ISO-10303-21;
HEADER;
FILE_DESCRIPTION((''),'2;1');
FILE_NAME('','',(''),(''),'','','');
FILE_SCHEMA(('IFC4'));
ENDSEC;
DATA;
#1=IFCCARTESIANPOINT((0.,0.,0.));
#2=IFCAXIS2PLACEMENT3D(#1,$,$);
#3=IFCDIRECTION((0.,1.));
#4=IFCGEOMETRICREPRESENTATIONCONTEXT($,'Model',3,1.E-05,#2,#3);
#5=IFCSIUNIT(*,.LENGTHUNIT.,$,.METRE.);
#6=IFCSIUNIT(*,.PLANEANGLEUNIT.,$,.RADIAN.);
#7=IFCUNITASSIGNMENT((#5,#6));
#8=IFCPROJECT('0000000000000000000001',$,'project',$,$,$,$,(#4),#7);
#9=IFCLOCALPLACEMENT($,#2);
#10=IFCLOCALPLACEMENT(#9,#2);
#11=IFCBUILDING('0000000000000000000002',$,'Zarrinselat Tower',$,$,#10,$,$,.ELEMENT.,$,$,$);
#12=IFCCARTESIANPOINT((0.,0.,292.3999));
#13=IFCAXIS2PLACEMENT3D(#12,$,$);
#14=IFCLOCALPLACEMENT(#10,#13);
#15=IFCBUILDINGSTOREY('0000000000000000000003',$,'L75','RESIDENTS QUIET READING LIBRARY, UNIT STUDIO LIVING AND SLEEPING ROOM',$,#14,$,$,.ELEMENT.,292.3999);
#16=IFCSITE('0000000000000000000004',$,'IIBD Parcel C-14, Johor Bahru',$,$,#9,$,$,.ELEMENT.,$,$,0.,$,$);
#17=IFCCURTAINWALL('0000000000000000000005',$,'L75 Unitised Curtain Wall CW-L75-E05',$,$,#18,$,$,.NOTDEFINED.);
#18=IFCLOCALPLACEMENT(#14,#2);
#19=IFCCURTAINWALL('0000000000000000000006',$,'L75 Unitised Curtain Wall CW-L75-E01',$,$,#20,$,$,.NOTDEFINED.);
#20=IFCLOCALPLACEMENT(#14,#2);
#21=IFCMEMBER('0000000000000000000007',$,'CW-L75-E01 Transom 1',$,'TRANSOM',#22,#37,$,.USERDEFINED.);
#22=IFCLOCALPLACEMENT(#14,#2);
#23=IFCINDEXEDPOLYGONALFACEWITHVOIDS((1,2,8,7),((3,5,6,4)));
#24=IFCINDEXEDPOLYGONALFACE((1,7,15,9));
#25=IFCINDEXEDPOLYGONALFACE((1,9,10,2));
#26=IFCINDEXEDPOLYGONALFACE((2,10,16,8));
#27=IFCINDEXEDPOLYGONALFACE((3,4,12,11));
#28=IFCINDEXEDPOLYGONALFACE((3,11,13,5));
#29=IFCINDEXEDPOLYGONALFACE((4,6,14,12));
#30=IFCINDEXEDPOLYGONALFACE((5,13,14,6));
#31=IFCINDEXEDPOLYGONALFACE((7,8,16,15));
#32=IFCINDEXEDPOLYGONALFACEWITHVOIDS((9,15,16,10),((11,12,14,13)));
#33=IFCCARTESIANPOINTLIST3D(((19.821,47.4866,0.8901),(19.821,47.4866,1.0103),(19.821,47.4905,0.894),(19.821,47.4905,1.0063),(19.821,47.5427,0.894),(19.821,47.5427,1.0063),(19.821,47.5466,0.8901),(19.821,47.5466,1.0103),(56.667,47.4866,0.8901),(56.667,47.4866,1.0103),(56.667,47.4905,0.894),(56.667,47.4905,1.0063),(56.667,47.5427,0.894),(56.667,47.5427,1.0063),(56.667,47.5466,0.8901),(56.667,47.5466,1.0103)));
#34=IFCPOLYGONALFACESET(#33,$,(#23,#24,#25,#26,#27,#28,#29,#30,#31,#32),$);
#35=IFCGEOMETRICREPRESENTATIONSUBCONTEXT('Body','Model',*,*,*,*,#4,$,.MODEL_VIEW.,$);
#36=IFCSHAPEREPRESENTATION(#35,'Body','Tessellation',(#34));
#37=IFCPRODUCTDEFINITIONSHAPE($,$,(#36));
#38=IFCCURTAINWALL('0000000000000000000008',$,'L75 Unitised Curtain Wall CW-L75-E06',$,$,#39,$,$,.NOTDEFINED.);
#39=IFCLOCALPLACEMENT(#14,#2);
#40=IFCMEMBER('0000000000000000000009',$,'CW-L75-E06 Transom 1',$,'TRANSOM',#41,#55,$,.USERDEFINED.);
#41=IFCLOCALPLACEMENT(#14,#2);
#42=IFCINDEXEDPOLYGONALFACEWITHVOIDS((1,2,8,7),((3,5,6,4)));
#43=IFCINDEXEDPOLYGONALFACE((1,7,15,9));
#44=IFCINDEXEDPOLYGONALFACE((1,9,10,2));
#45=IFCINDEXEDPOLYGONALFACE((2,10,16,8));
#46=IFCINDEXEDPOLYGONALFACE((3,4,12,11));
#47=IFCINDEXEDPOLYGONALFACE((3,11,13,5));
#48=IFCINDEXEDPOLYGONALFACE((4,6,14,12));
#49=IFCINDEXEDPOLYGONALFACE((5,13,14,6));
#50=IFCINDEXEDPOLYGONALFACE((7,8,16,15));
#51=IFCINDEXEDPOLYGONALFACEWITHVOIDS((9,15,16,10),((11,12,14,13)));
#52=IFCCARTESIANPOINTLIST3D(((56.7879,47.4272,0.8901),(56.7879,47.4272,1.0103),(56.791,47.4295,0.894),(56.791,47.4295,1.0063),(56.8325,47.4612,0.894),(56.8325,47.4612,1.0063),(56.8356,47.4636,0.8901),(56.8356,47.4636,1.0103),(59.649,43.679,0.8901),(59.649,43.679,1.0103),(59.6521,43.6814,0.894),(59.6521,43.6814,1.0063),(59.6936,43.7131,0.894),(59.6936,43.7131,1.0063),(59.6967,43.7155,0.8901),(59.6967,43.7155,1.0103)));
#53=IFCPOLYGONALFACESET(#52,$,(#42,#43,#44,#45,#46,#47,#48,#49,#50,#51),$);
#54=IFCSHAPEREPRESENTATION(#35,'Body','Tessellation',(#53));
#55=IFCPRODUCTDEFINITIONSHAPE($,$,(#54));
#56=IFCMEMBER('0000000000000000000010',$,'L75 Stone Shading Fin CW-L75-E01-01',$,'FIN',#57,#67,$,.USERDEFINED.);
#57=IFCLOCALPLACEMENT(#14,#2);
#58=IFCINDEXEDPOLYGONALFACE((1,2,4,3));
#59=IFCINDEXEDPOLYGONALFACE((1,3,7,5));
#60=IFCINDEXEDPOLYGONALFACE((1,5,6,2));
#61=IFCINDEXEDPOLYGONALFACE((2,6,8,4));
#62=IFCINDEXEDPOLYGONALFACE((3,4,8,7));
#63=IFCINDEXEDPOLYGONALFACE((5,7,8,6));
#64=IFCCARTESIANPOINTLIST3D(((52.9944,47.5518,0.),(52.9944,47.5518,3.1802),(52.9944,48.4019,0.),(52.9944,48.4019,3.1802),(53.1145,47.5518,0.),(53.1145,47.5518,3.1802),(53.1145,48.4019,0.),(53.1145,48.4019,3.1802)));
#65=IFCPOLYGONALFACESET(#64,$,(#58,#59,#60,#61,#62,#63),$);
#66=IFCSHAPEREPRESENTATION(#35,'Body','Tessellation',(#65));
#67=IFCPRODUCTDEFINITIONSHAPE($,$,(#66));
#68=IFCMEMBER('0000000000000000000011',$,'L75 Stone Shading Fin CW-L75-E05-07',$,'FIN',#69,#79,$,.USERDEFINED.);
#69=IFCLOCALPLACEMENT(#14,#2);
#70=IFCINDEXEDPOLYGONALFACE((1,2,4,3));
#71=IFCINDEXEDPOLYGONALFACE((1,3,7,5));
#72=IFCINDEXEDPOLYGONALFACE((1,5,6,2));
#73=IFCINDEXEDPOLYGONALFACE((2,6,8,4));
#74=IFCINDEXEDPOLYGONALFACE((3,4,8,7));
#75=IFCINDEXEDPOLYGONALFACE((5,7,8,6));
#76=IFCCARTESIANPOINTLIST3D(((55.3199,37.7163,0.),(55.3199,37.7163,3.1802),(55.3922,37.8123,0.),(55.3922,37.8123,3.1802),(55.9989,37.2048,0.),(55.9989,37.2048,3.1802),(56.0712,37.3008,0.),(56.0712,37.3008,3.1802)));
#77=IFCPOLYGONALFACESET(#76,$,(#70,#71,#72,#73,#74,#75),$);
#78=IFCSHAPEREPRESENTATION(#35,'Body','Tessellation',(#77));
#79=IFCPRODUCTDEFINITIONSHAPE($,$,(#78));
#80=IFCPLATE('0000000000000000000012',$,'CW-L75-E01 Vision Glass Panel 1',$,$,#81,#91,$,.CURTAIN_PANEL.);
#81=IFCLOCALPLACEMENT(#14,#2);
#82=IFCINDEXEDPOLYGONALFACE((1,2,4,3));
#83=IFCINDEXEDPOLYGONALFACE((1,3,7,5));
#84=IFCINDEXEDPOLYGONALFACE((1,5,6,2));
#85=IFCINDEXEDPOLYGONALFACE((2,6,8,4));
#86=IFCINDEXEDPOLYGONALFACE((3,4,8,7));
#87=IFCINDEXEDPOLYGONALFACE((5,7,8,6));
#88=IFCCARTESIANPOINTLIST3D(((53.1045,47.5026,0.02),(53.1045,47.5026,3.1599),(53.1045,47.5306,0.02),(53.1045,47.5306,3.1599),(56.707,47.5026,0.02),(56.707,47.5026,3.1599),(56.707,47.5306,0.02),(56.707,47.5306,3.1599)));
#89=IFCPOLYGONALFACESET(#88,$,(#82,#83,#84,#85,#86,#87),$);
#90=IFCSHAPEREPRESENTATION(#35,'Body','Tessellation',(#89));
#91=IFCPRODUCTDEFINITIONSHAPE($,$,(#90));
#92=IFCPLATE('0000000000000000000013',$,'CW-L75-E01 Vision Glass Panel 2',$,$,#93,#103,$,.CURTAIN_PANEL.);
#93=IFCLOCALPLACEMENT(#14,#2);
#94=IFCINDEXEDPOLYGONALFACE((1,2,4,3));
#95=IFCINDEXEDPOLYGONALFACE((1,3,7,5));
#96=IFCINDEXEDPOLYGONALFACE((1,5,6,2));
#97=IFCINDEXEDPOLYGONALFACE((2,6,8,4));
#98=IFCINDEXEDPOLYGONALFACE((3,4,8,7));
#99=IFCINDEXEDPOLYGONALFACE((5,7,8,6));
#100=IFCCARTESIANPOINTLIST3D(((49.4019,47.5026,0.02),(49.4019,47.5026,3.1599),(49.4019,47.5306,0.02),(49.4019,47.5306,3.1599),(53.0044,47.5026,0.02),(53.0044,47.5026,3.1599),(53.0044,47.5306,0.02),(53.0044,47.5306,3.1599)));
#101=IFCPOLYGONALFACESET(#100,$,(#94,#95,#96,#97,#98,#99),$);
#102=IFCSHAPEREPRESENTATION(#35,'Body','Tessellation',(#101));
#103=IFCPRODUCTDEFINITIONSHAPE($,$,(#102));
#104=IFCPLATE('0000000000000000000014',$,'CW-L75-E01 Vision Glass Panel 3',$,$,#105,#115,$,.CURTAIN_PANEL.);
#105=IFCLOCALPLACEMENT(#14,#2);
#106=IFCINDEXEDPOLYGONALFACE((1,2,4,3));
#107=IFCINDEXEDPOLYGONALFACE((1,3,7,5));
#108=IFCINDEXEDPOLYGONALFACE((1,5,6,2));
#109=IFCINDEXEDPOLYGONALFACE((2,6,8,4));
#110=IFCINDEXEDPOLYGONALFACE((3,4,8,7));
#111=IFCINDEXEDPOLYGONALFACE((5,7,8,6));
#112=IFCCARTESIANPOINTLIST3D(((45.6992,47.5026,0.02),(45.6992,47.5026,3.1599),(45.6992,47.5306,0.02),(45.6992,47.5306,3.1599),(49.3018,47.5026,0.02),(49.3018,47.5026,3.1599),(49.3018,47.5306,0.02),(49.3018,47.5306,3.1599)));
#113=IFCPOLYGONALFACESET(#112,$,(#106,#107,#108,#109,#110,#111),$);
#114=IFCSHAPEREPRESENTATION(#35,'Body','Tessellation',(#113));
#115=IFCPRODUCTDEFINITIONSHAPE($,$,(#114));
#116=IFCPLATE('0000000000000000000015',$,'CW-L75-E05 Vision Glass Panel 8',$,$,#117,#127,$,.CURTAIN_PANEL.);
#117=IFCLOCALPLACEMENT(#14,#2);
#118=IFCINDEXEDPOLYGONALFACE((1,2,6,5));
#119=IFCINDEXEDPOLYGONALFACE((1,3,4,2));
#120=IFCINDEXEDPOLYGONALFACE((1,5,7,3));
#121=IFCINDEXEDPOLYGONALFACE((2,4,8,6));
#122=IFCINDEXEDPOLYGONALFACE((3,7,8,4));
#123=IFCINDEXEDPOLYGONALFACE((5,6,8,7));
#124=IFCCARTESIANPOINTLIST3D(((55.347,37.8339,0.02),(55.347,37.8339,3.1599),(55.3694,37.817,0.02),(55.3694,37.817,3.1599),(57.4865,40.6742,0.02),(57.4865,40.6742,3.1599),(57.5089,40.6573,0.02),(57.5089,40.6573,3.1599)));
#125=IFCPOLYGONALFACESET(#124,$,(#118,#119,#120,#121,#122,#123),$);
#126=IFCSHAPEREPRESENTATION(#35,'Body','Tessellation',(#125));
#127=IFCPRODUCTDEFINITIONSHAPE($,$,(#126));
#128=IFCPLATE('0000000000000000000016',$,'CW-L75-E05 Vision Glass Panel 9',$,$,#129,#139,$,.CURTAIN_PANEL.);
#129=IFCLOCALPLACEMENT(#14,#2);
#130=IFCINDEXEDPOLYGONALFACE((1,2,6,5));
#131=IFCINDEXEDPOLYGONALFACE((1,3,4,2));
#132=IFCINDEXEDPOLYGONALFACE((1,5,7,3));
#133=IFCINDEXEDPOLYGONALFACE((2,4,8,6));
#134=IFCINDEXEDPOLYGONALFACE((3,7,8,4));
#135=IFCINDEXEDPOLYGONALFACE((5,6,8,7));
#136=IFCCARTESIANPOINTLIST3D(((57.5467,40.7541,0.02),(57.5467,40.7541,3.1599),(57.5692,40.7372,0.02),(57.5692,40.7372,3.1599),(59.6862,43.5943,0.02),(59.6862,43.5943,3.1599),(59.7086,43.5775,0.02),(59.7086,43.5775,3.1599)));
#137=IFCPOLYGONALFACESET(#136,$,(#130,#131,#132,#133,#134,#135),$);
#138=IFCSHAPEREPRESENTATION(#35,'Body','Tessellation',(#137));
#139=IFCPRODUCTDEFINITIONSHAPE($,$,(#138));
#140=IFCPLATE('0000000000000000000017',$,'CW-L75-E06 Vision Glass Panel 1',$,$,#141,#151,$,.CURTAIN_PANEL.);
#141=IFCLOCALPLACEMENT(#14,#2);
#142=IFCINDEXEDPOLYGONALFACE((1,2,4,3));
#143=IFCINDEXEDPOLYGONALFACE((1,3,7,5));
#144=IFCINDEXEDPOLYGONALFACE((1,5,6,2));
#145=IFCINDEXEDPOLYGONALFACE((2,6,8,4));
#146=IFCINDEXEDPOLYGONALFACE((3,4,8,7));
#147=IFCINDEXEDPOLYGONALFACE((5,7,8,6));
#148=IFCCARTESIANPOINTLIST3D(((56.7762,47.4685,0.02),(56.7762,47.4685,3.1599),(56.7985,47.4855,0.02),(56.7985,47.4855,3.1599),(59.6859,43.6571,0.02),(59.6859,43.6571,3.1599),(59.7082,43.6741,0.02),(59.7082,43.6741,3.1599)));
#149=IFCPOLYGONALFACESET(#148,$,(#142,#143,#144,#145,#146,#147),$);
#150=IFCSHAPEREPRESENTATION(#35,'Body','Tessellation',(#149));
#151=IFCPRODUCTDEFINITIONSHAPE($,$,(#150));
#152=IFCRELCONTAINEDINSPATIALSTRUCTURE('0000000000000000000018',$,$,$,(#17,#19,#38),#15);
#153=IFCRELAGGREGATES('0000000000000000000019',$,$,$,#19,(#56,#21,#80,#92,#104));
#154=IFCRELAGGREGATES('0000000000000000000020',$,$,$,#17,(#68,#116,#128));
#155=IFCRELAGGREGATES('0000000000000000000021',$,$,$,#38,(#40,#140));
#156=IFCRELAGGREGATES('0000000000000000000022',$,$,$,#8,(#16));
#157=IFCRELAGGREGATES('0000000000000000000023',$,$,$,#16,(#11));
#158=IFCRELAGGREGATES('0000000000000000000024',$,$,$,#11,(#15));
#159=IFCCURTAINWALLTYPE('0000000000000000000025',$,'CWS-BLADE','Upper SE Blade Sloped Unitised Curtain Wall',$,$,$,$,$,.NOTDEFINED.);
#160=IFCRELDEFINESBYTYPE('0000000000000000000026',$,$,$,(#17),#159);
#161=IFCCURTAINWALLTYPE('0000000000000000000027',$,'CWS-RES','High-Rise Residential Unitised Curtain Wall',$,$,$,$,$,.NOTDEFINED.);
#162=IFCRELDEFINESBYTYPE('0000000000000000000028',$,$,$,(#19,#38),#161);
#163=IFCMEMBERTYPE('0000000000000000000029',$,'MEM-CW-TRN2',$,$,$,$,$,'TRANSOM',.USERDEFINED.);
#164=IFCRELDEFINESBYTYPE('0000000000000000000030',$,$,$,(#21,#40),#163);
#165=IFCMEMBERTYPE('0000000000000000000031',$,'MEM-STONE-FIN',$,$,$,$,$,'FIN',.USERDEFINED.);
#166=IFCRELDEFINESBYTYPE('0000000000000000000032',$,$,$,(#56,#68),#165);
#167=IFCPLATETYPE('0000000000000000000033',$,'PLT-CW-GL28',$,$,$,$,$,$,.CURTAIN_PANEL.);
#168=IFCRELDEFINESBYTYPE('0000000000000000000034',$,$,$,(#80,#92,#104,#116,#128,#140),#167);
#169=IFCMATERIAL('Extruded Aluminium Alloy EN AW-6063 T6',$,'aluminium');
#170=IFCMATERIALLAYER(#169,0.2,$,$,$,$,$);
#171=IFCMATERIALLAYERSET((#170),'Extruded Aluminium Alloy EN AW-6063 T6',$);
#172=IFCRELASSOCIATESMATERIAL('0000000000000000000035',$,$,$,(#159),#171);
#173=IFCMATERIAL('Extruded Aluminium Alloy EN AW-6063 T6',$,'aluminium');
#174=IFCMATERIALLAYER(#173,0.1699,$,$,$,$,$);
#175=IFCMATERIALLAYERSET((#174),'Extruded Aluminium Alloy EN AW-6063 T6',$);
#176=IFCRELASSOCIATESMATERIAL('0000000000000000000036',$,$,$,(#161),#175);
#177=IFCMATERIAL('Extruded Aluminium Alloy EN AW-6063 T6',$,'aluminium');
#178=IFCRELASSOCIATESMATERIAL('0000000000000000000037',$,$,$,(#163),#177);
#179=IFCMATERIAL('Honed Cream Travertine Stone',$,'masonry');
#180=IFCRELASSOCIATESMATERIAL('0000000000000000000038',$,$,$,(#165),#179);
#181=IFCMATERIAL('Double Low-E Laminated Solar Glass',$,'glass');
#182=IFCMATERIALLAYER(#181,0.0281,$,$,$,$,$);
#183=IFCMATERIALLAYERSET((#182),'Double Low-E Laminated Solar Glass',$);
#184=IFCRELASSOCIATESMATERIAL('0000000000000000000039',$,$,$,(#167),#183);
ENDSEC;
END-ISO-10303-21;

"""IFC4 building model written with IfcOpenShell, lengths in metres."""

from ifc_helpers import new_model, si_unit, direction, frame, origin, origin_2d, place, context, subcontext, project, spatial, rectangle, hollow_rectangle, extrude, material, layer, layer_set, material_profile, profile_set, type_object, element, aggregate, save


model = new_model("IFC4")

# Units and contexts
model_context = context("Model", 3, precision=1e-05, world=origin(), true_north=direction((0.0, 1.0)))
body_context = subcontext(model_context, "Body", "Model", "MODEL_VIEW")
ifc_project = project(units=[si_unit("LENGTHUNIT", "METRE"), si_unit("PLANEANGLEUNIT", "RADIAN")], contexts=[model_context])

# Site, building, storey
site_placement = place(None, origin())
site = spatial("IfcSite", under=ifc_project, at=site_placement, Name="IIBD Parcel C-14, Johor Bahru", CompositionType="ELEMENT", RefElevation=0.0)
building_placement = place(site_placement, origin())
building = spatial("IfcBuilding", under=site, at=building_placement, Name="Zarrinselat Tower", CompositionType="ELEMENT")
storey_placement = place(building_placement, frame((0.0, 0.0, 292.3999)))
storey = spatial("IfcBuildingStorey", under=building, at=storey_placement, Name="L75", Description="RESIDENTS QUIET READING LIBRARY, UNIT STUDIO LIVING AND SLEEPING ROOM", CompositionType="ELEMENT", Elevation=292.3999)

# Curtain walls, member
ifc_material_1 = material(Name="Extruded Aluminium Alloy EN AW-6063 T6", Category="aluminium")
ifc_layer_1 = layer(ifc_material_1, 0.2)
ifc_layer_set_1 = layer_set([ifc_layer_1], Name="Extruded Aluminium Alloy EN AW-6063 T6")
curtain_wall_type_1 = type_object("IfcCurtainWallType", Name="CWS-BLADE", Description="Upper SE Blade Sloped Unitised Curtain Wall", PredefinedType="NOTDEFINED", material=ifc_layer_set_1)
curtain_wall_1_placement = place(storey_placement, origin())
curtain_wall_1 = element("IfcCurtainWall", 1, at=curtain_wall_1_placement, inside=storey, type_object=curtain_wall_type_1, Name="L75 Unitised Curtain Wall CW-L75-E05", PredefinedType="NOTDEFINED")
ifc_material_2 = material(Name="Extruded Aluminium Alloy EN AW-6063 T6", Category="aluminium")
ifc_layer_2 = layer(ifc_material_2, 0.1699)
ifc_layer_set_2 = layer_set([ifc_layer_2], Name="Extruded Aluminium Alloy EN AW-6063 T6")
curtain_wall_type_2 = type_object("IfcCurtainWallType", Name="CWS-RES", Description="High-Rise Residential Unitised Curtain Wall", PredefinedType="NOTDEFINED", material=ifc_layer_set_2)
curtain_wall_2_placement = place(storey_placement, origin())
curtain_wall_2 = element("IfcCurtainWall", 2, at=curtain_wall_2_placement, inside=storey, type_object=curtain_wall_type_2, Name="L75 Unitised Curtain Wall CW-L75-E01", PredefinedType="NOTDEFINED")
ifc_material_3 = material(Name="Extruded Aluminium Alloy EN AW-6063 T6", Category="aluminium")
ifc_material_profile_1 = material_profile(ifc_material_3, hollow_rectangle(XDim=0.0601, YDim=0.1201, WallThickness=0.0039, at=origin_2d()), Name="RHS 120x60x4")
ifc_profile_set_1 = profile_set([ifc_material_profile_1], Name="Extruded Aluminium Alloy EN AW-6063 T6")
member_type_1 = type_object("IfcMemberType", Name="MEM-CW-TRN2", ElementType="TRANSOM", PredefinedType="USERDEFINED", material=ifc_profile_set_1)
member_1_placement = place(storey_placement, frame((56.667, 47.5166, 0.9502), z_axis=(-1.0, 0.0, 0.0), x_axis=(0.0, -1.0, 0.0)))
member_1 = element("IfcMember", 3, at=member_1_placement, type_object=member_type_1, Name="CW-L75-E01 Transom 1", ObjectType="TRANSOM", PredefinedType="USERDEFINED", context=body_context, shape_type="SweptSolid", body=[
    extrude(hollow_rectangle(XDim=0.0601, YDim=0.1201, WallThickness=0.0039, at=origin_2d()), origin(), (0.0, 0.0, 1.0), 36.8459),
])

# Curtain wall, member
curtain_wall_3_placement = place(storey_placement, origin())
curtain_wall_3 = element("IfcCurtainWall", 4, at=curtain_wall_3_placement, inside=storey, type_object=curtain_wall_type_2, Name="L75 Unitised Curtain Wall CW-L75-E06", PredefinedType="NOTDEFINED")
member_2_placement = place(storey_placement, frame((59.6729, 43.6973, 0.9502), z_axis=(-0.606771, 0.794876, 0.0), x_axis=(-0.794876, -0.606771, 0.0)))
member_2 = element("IfcMember", 5, at=member_2_placement, type_object=member_type_1, Name="CW-L75-E06 Transom 1", ObjectType="TRANSOM", PredefinedType="USERDEFINED", context=body_context, shape_type="SweptSolid", body=[
    extrude(hollow_rectangle(XDim=0.0601, YDim=0.1201, WallThickness=0.0039, at=origin_2d()), origin(), (0.0, 0.0, 1.0), 4.7153),
])

# Members
ifc_material_4 = material(Name="Honed Cream Travertine Stone", Category="masonry")
ifc_material_profile_2 = material_profile(ifc_material_4, rectangle(XDim=0.1201, YDim=0.8501, at=origin_2d()), Name="FIN 850x120")
ifc_profile_set_2 = profile_set([ifc_material_profile_2], Name="Honed Cream Travertine Stone")
member_type_2 = type_object("IfcMemberType", Name="MEM-STONE-FIN", ElementType="FIN", PredefinedType="USERDEFINED", material=ifc_profile_set_2)
member_3_placement = place(storey_placement, frame((53.0544, 47.9768, 0.0), z_axis=(0.0, 0.0, 1.0), x_axis=(1.0, 0.0, 0.0)))
member_3 = element("IfcMember", 6, at=member_3_placement, type_object=member_type_2, Name="L75 Stone Shading Fin CW-L75-E01-01", ObjectType="FIN", PredefinedType="USERDEFINED", context=body_context, shape_type="SweptSolid", body=[
    extrude(rectangle(XDim=0.1201, YDim=0.8501, at=origin_2d()), origin(), (0.0, 0.0, 1.0), 3.1802),
])
member_4_placement = place(storey_placement, frame((55.6956, 37.5085, 0.0), z_axis=(0.0, 0.0, 1.0), x_axis=(-0.601673, -0.798743, 0.0)))
member_4 = element("IfcMember", 7, at=member_4_placement, type_object=member_type_2, Name="L75 Stone Shading Fin CW-L75-E05-07", ObjectType="FIN", PredefinedType="USERDEFINED", context=body_context, shape_type="SweptSolid", body=[
    extrude(rectangle(XDim=0.1201, YDim=0.8501, at=origin_2d()), origin(), (0.0, 0.0, 1.0), 3.1802),
])

# Plates
ifc_material_5 = material(Name="Double Low-E Laminated Solar Glass", Category="glass")
ifc_layer_3 = layer(ifc_material_5, 0.0281)
ifc_layer_set_3 = layer_set([ifc_layer_3], Name="Double Low-E Laminated Solar Glass")
plate_type = type_object("IfcPlateType", Name="PLT-CW-GL28", PredefinedType="CURTAIN_PANEL", material=ifc_layer_set_3)
plate_1_placement = place(storey_placement, frame((54.9058, 47.5166, 0.02), z_axis=(0.0, 0.0, 1.0), x_axis=(-1.0, 0.0, 0.0)))
plate_1 = element("IfcPlate", 8, at=plate_1_placement, type_object=plate_type, Name="CW-L75-E01 Vision Glass Panel 1", PredefinedType="CURTAIN_PANEL", context=body_context, shape_type="SweptSolid", body=[
    extrude(rectangle(XDim=3.6025, YDim=0.0281, at=origin_2d()), origin(), (0.0, 0.0, 1.0), 3.1399),
])
plate_2_placement = place(storey_placement, frame((51.2031, 47.5166, 0.02), z_axis=(0.0, 0.0, 1.0), x_axis=(-1.0, 0.0, 0.0)))
plate_2 = element("IfcPlate", 9, at=plate_2_placement, type_object=plate_type, Name="CW-L75-E01 Vision Glass Panel 2", PredefinedType="CURTAIN_PANEL", context=body_context, shape_type="SweptSolid", body=[
    extrude(rectangle(XDim=3.6025, YDim=0.0281, at=origin_2d()), origin(), (0.0, 0.0, 1.0), 3.1399),
])
plate_3_placement = place(storey_placement, frame((47.5005, 47.5166, 0.02), z_axis=(0.0, 0.0, 1.0), x_axis=(-1.0, 0.0, 0.0)))
plate_3 = element("IfcPlate", 10, at=plate_3_placement, type_object=plate_type, Name="CW-L75-E01 Vision Glass Panel 3", PredefinedType="CURTAIN_PANEL", context=body_context, shape_type="SweptSolid", body=[
    extrude(rectangle(XDim=3.6025, YDim=0.0281, at=origin_2d()), origin(), (0.0, 0.0, 1.0), 3.1399),
])
aggregate(curtain_wall_2, [member_3, member_1, plate_1, plate_2, plate_3])
plate_4_placement = place(storey_placement, frame((56.428, 39.2456, 0.02), z_axis=(0.0, 0.0, 1.0), x_axis=(0.601673, 0.798743, 0.0)))
plate_4 = element("IfcPlate", 11, at=plate_4_placement, type_object=plate_type, Name="CW-L75-E05 Vision Glass Panel 8", PredefinedType="CURTAIN_PANEL", context=body_context, shape_type="SweptSolid", body=[
    extrude(rectangle(XDim=3.5559, YDim=0.0281, at=origin_2d()), origin(), (0.0, 0.0, 1.0), 3.1399),
])
plate_5_placement = place(storey_placement, frame((58.6277, 42.1658, 0.02), z_axis=(0.0, 0.0, 1.0), x_axis=(0.601673, 0.798743, 0.0)))
plate_5 = element("IfcPlate", 12, at=plate_5_placement, type_object=plate_type, Name="CW-L75-E05 Vision Glass Panel 9", PredefinedType="CURTAIN_PANEL", context=body_context, shape_type="SweptSolid", body=[
    extrude(rectangle(XDim=3.5559, YDim=0.0281, at=origin_2d()), origin(), (0.0, 0.0, 1.0), 3.1399),
])
aggregate(curtain_wall_1, [member_4, plate_4, plate_5])
plate_6_placement = place(storey_placement, frame((58.2422, 45.5713, 0.02), z_axis=(0.0, 0.0, 1.0), x_axis=(-0.606806, 0.79485, 0.0)))
plate_6 = element("IfcPlate", 13, at=plate_6_placement, type_object=plate_type, Name="CW-L75-E06 Vision Glass Panel 1", PredefinedType="CURTAIN_PANEL", context=body_context, shape_type="SweptSolid", body=[
    extrude(rectangle(XDim=4.7952, YDim=0.0281, at=origin_2d()), origin(), (0.0, 0.0, 1.0), 3.1399),
])
aggregate(curtain_wall_3, [member_2, plate_6])

save(model, "model.ifc")
